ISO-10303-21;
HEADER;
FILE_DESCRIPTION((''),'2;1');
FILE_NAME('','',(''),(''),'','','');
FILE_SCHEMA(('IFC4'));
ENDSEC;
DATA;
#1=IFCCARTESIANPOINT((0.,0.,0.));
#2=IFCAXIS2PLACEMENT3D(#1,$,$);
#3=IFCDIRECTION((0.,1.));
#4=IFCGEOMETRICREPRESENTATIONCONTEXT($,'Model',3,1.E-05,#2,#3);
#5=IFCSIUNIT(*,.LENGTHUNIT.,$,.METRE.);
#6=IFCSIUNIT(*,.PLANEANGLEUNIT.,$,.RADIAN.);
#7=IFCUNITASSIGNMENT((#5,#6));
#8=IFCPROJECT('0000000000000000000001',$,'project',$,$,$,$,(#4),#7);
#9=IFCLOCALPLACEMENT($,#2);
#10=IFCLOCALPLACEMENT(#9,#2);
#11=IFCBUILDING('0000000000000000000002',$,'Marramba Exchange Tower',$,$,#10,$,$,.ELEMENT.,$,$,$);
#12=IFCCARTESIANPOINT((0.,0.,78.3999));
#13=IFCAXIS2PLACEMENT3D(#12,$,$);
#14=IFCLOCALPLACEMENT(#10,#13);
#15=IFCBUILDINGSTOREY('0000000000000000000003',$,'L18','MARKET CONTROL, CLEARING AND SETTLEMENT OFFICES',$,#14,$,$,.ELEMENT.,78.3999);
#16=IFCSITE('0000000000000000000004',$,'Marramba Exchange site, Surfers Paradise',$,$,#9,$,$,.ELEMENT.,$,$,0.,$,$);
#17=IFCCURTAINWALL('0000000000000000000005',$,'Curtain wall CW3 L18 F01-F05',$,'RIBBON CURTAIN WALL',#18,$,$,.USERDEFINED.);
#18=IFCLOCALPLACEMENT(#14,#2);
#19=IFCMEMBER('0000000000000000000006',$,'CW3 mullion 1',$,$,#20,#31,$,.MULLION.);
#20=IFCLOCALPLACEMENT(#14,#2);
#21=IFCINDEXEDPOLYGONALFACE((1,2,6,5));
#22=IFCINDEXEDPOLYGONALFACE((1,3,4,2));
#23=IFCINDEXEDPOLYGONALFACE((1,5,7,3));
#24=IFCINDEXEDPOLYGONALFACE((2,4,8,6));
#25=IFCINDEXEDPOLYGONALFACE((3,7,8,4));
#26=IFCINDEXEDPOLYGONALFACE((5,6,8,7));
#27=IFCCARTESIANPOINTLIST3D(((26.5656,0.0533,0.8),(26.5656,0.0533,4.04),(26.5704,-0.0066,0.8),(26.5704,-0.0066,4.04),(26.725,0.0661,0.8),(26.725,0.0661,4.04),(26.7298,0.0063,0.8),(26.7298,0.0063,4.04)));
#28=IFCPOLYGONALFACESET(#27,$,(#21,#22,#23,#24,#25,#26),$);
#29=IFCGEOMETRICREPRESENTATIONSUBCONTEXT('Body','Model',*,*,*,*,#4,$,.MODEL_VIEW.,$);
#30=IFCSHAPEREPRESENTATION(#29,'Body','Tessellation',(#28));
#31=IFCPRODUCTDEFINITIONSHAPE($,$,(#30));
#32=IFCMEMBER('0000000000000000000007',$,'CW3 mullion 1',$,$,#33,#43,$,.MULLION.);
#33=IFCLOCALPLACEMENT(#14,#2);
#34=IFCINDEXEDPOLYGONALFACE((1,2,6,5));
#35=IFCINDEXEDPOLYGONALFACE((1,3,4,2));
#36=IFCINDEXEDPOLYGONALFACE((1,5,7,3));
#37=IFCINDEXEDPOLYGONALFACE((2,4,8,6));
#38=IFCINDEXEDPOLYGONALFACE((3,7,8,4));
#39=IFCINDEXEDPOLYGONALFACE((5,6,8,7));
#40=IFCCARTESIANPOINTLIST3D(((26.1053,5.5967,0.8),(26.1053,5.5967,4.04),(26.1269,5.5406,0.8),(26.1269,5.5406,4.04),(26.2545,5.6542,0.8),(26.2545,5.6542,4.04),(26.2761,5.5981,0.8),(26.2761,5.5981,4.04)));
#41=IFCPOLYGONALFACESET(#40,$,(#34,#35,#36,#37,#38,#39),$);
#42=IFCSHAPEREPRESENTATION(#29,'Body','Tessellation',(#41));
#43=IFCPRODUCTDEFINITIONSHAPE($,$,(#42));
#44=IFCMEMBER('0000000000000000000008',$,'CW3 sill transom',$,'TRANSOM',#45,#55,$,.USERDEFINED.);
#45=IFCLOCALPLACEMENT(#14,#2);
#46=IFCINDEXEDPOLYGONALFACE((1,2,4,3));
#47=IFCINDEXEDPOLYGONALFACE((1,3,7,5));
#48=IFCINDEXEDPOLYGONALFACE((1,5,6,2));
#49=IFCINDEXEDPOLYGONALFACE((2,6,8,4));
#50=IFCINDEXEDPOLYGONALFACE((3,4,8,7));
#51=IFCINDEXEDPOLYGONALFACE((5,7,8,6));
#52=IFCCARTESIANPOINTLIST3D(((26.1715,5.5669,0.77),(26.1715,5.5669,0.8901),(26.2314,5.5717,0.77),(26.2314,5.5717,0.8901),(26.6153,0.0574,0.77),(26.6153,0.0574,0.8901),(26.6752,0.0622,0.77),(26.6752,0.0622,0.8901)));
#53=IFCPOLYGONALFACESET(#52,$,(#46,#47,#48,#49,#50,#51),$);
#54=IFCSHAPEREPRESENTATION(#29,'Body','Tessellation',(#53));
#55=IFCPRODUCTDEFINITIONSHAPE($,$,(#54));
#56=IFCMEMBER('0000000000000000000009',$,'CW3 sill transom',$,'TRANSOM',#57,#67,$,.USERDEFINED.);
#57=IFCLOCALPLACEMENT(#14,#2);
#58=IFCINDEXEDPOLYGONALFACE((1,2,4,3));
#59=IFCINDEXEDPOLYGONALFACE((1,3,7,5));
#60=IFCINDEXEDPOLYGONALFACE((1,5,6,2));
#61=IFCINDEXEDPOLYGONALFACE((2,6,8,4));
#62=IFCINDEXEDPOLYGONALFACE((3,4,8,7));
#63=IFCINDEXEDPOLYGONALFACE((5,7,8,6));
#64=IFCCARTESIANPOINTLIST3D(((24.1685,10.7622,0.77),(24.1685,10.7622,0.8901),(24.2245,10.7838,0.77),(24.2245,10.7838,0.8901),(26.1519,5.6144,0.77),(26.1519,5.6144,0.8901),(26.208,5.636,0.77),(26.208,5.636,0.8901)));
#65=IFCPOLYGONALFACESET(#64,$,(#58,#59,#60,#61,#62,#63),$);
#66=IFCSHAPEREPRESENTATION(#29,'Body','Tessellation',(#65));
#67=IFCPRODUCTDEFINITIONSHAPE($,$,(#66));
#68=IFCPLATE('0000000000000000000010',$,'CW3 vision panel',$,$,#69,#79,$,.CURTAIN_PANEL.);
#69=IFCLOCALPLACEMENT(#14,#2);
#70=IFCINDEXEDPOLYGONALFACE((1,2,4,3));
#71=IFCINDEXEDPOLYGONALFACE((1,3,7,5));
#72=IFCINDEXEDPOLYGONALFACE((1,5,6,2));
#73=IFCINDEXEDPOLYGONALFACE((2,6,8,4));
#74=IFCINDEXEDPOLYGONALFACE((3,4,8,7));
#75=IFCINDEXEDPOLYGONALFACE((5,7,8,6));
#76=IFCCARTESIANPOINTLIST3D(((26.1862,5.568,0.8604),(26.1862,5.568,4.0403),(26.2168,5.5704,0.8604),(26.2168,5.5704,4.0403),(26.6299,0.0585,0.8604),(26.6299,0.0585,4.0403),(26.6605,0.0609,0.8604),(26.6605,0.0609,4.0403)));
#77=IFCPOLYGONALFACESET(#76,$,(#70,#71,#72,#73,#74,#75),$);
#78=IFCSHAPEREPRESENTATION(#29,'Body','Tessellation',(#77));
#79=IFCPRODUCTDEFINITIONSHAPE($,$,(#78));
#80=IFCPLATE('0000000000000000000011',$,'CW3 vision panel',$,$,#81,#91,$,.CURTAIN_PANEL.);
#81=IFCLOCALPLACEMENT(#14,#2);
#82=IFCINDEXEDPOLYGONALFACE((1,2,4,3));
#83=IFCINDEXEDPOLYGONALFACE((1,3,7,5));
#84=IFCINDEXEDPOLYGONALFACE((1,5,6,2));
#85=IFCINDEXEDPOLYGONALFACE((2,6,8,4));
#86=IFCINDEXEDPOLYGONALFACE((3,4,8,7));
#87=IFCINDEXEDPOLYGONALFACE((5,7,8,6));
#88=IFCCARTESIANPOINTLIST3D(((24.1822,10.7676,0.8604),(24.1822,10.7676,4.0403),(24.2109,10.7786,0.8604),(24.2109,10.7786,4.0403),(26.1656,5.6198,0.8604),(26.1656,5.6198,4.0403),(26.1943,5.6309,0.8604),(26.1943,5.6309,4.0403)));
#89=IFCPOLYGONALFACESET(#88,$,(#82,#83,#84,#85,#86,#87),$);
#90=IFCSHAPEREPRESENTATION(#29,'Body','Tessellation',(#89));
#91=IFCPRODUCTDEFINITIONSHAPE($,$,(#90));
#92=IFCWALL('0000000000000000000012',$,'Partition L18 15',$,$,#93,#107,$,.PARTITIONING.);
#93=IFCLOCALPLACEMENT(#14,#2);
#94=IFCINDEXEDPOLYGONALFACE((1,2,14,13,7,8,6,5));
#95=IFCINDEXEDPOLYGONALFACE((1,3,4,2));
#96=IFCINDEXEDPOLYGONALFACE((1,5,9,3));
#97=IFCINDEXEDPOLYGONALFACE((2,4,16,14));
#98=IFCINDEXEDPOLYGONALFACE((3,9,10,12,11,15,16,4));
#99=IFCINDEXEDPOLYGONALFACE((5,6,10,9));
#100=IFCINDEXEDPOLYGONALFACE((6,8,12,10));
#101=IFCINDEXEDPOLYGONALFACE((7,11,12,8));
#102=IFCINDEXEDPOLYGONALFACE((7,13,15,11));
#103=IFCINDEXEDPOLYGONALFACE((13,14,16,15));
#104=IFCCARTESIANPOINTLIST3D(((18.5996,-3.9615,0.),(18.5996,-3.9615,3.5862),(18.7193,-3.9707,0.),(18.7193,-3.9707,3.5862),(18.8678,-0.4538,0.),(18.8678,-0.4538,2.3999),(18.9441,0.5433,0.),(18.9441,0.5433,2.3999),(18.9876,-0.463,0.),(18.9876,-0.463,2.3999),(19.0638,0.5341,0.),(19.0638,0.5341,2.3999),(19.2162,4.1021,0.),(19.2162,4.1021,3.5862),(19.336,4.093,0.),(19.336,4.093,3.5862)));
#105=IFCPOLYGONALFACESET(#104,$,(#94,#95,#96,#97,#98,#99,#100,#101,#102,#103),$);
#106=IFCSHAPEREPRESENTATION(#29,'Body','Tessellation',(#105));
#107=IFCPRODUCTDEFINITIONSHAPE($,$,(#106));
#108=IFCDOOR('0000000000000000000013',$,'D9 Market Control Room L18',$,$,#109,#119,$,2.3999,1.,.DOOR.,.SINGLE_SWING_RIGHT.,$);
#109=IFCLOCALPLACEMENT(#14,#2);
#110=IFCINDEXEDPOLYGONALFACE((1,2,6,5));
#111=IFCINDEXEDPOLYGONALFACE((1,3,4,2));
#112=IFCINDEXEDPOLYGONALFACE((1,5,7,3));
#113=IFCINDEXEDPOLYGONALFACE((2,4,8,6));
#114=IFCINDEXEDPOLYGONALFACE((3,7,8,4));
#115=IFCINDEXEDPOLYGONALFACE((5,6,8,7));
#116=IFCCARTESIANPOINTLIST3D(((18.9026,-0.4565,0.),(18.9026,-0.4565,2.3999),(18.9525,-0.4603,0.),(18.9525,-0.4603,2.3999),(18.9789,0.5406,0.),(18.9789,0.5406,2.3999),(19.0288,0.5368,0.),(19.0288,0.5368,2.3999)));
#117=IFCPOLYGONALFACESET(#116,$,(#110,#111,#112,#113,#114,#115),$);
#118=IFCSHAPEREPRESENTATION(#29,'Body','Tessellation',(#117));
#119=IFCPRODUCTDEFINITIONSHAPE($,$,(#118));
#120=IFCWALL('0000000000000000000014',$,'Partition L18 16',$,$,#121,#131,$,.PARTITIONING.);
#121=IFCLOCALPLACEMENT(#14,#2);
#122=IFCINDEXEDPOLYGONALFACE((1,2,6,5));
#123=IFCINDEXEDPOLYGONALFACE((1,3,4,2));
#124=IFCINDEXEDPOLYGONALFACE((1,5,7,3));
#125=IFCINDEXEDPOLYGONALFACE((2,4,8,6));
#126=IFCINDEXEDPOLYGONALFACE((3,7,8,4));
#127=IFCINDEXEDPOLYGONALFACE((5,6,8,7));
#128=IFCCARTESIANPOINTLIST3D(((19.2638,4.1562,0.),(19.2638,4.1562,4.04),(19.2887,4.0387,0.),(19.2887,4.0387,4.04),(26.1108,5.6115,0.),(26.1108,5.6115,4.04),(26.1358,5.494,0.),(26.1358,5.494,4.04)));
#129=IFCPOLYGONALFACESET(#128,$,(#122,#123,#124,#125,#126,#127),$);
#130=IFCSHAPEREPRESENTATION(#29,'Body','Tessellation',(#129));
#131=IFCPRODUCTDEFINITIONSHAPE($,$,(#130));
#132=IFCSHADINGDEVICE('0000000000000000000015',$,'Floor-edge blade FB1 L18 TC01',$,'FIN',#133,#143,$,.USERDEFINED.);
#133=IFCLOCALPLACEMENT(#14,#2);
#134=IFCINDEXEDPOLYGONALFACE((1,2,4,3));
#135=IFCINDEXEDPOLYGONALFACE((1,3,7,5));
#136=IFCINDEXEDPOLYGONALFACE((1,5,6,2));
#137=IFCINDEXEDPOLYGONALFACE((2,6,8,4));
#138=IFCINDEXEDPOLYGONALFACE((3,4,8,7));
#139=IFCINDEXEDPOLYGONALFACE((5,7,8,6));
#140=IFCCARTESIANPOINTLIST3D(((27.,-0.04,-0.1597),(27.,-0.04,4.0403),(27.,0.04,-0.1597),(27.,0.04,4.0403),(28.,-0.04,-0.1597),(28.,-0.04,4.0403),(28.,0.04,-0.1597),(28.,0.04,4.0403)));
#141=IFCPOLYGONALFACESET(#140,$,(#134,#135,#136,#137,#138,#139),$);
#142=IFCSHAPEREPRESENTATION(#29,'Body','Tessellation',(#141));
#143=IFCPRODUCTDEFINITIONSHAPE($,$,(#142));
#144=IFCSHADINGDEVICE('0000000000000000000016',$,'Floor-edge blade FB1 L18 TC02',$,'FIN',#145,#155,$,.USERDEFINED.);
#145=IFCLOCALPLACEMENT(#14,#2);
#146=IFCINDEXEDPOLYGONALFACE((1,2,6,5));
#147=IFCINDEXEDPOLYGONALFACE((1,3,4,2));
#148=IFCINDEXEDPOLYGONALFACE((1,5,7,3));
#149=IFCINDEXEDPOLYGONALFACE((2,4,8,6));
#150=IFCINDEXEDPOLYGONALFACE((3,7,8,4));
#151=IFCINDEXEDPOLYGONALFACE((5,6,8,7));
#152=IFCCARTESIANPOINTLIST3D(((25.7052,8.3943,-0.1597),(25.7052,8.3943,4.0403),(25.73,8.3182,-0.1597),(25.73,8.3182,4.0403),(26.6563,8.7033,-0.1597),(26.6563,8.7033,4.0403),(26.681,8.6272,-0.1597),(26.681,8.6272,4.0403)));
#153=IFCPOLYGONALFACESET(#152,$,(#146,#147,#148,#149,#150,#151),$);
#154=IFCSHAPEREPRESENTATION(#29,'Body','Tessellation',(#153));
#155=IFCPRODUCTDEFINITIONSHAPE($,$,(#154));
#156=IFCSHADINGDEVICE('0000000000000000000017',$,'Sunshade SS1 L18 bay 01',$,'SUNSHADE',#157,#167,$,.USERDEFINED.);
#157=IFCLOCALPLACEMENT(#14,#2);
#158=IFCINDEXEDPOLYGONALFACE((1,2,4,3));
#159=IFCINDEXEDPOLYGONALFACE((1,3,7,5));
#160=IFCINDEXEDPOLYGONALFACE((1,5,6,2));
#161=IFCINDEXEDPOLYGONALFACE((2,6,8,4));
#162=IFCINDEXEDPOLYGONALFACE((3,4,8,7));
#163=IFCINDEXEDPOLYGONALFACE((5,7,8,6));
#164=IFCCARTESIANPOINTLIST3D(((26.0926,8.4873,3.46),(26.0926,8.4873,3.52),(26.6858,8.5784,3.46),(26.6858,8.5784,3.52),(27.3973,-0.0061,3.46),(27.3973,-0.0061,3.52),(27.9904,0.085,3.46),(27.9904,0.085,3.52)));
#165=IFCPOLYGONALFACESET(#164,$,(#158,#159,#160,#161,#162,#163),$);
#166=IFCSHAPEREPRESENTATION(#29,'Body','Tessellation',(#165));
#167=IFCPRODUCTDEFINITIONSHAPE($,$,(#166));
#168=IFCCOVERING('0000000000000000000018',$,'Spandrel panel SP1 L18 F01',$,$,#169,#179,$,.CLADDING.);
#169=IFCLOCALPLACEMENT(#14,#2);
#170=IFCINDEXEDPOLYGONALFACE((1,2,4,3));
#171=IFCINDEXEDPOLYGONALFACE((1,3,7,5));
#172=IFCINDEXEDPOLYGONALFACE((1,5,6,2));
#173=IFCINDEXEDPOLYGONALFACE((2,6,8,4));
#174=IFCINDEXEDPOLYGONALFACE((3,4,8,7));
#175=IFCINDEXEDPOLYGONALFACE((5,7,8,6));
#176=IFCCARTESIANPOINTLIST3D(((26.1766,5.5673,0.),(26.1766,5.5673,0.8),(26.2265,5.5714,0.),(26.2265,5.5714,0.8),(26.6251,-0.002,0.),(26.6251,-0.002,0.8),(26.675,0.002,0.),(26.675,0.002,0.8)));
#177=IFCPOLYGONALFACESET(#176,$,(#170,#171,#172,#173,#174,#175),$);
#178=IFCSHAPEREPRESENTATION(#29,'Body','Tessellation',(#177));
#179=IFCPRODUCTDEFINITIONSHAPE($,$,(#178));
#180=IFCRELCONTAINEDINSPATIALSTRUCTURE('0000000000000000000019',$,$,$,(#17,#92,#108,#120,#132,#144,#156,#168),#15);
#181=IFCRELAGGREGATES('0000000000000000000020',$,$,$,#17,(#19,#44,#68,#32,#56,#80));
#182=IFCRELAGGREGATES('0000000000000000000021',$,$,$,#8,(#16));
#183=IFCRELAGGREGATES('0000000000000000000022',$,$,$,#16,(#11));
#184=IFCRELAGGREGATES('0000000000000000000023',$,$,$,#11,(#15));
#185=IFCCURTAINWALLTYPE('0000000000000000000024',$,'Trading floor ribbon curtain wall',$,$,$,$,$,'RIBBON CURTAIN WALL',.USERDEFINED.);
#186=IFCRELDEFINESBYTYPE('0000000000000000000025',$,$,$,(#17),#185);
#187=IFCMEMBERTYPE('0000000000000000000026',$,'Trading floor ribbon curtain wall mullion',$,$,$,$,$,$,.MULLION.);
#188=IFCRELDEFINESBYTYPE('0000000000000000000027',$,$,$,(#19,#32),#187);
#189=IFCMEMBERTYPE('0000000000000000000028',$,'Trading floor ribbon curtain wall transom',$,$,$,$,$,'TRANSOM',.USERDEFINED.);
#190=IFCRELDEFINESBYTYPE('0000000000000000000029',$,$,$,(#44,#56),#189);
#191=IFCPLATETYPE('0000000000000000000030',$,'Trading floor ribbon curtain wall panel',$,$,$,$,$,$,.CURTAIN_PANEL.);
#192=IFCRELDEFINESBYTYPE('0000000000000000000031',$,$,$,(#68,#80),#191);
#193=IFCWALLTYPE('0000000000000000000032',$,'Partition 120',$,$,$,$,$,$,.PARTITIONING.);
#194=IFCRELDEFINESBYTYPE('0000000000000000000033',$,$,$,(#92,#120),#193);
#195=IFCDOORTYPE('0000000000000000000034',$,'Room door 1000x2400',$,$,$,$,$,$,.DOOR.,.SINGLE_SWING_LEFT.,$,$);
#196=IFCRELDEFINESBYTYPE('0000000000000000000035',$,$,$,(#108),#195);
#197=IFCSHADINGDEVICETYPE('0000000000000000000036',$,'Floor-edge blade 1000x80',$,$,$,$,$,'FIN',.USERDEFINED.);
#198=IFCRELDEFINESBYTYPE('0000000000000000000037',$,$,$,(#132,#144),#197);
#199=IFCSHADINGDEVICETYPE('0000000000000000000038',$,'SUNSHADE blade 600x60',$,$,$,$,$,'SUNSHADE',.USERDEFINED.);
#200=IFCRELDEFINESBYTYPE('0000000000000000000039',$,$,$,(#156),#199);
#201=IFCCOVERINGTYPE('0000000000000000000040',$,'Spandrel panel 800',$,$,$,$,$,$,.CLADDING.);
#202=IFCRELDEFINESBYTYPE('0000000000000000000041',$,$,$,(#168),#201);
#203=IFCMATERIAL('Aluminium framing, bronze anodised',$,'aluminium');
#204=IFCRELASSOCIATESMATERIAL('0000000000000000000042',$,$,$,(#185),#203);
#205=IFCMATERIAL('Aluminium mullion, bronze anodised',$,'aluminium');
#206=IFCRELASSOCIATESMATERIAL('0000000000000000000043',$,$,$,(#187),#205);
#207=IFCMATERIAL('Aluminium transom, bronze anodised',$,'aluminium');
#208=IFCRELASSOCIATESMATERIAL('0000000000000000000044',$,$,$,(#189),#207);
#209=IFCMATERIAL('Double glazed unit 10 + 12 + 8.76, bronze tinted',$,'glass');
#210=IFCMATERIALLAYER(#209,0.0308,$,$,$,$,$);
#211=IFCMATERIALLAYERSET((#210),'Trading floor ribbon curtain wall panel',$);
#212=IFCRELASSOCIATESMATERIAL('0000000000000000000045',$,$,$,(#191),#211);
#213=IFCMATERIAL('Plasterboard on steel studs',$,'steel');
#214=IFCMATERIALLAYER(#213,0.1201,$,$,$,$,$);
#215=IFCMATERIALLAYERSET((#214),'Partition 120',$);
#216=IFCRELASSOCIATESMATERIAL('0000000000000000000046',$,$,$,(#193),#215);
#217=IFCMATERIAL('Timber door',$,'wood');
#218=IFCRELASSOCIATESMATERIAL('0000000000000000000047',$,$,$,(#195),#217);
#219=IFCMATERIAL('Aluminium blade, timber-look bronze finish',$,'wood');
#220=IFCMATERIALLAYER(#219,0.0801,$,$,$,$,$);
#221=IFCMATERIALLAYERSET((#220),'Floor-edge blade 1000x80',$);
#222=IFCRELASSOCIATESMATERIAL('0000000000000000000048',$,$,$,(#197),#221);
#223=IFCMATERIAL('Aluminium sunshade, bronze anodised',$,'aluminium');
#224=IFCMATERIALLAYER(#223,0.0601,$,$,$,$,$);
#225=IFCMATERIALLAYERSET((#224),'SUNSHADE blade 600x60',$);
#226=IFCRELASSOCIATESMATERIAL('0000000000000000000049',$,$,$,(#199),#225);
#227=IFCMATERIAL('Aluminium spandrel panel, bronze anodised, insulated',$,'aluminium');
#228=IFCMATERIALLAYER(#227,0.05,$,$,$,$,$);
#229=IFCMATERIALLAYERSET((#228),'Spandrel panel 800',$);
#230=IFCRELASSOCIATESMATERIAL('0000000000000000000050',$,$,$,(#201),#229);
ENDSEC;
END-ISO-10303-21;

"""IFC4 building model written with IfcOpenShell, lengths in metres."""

from ifc_helpers import new_model, si_unit, direction, frame, frame_2d, origin, origin_2d, place, context, subcontext, project, spatial, rectangle, extrude, material, layer, layer_set, material_profile, profile_set, type_object, element, fill, aggregate, save


model = new_model("IFC4")

# Units and contexts
model_context = context("Model", 3, precision=1e-05, world=origin(), true_north=direction((0.0, 1.0)))
body_context = subcontext(model_context, "Body", "Model", "MODEL_VIEW")
ifc_project = project(units=[si_unit("LENGTHUNIT", "METRE"), si_unit("PLANEANGLEUNIT", "RADIAN")], contexts=[model_context])

# Site, building, storey
site_placement = place(None, origin())
site = spatial("IfcSite", under=ifc_project, at=site_placement, Name="Marramba Exchange site, Surfers Paradise", CompositionType="ELEMENT", RefElevation=0.0)
building_placement = place(site_placement, origin())
building = spatial("IfcBuilding", under=site, at=building_placement, Name="Marramba Exchange Tower", CompositionType="ELEMENT")
storey_placement = place(building_placement, frame((0.0, 0.0, 78.3999)))
storey = spatial("IfcBuildingStorey", under=building, at=storey_placement, Name="L18", Description="MARKET CONTROL, CLEARING AND SETTLEMENT OFFICES", CompositionType="ELEMENT", Elevation=78.3999)

# Curtain wall, members, plates
ifc_material_1 = material(Name="Aluminium framing, bronze anodised", Category="aluminium")
curtain_wall_type = type_object("IfcCurtainWallType", Name="Trading floor ribbon curtain wall", ElementType="RIBBON CURTAIN WALL", PredefinedType="USERDEFINED", material=ifc_material_1)
curtain_wall_placement = place(storey_placement, origin())
curtain_wall = element("IfcCurtainWall", 1, at=curtain_wall_placement, inside=storey, type_object=curtain_wall_type, Name="Curtain wall CW3 L18 F01-F05", ObjectType="RIBBON CURTAIN WALL", PredefinedType="USERDEFINED")
ifc_material_2 = material(Name="Aluminium mullion, bronze anodised", Category="aluminium")
ifc_material_profile_1 = material_profile(ifc_material_2, rectangle(XDim=0.1599, YDim=0.0601, at=origin_2d()), Name="CW3 mullion 60x160")
ifc_profile_set_1 = profile_set([ifc_material_profile_1], Name="Aluminium mullion, bronze anodised")
member_type_1 = type_object("IfcMemberType", Name="Trading floor ribbon curtain wall mullion", PredefinedType="MULLION", material=ifc_profile_set_1)
member_1_placement = place(storey_placement, frame((26.6477, 0.0298, 0.8), z_axis=(0.0, 0.0, 1.0), x_axis=(-0.996773, -0.080275, 0.0)))
member_1 = element("IfcMember", 2, at=member_1_placement, type_object=member_type_1, Name="CW3 mullion 1", PredefinedType="MULLION", context=body_context, shape_type="SweptSolid", body=[
    extrude(rectangle(XDim=0.1599, YDim=0.0601, at=origin_2d()), origin(), (0.0, 0.0, 1.0), 3.24),
])
member_2_placement = place(storey_placement, frame((26.1907, 5.5974, 0.8), z_axis=(0.0, 0.0, 1.0), x_axis=(-0.933135, -0.359526, 0.0)))
member_2 = element("IfcMember", 3, at=member_2_placement, type_object=member_type_1, Name="CW3 mullion 1", PredefinedType="MULLION", context=body_context, shape_type="SweptSolid", body=[
    extrude(rectangle(XDim=0.1599, YDim=0.0601, at=origin_2d()), origin(), (0.0, 0.0, 1.0), 3.24),
])
ifc_material_3 = material(Name="Aluminium transom, bronze anodised", Category="aluminium")
ifc_material_profile_2 = material_profile(ifc_material_3, rectangle(XDim=0.0601, YDim=0.1201, at=origin_2d()), Name="CW3 transom 60x120")
ifc_profile_set_2 = profile_set([ifc_material_profile_2], Name="Aluminium transom, bronze anodised")
member_type_2 = type_object("IfcMemberType", Name="Trading floor ribbon curtain wall transom", ElementType="TRANSOM", PredefinedType="USERDEFINED", material=ifc_profile_set_2)
member_3_placement = place(storey_placement, frame((26.6453, 0.0598, 0.8301), z_axis=(-0.0803, 0.996771, 0.0), x_axis=(-0.996771, -0.0803, 0.0)))
member_3 = element("IfcMember", 4, at=member_3_placement, type_object=member_type_2, Name="CW3 sill transom", ObjectType="TRANSOM", PredefinedType="USERDEFINED", context=body_context, shape_type="SweptSolid", body=[
    extrude(rectangle(XDim=0.0601, YDim=0.1201, at=origin_2d()), origin(), (0.0, 0.0, 1.0), 5.5273),
])
member_4_placement = place(storey_placement, frame((26.1799, 5.6252, 0.8301), z_axis=(-0.359534, 0.933132, 0.0), x_axis=(-0.933132, -0.359534, 0.0)))
member_4 = element("IfcMember", 5, at=member_4_placement, type_object=member_type_2, Name="CW3 sill transom", ObjectType="TRANSOM", PredefinedType="USERDEFINED", context=body_context, shape_type="SweptSolid", body=[
    extrude(rectangle(XDim=0.0601, YDim=0.1201, at=origin_2d()), origin(), (0.0, 0.0, 1.0), 5.5166),
])
ifc_material_4 = material(Name="Double glazed unit 10 + 12 + 8.76, bronze tinted", Category="glass")
ifc_layer_1 = layer(ifc_material_4, 0.0308)
ifc_layer_set_1 = layer_set([ifc_layer_1], Name="Trading floor ribbon curtain wall panel")
plate_type = type_object("IfcPlateType", Name="Trading floor ribbon curtain wall panel", PredefinedType="CURTAIN_PANEL", material=ifc_layer_set_1)
plate_1_placement = place(storey_placement, frame((26.4233, 2.8145, 0.8604), z_axis=(0.0, 0.0, 1.0), x_axis=(-0.080275, 0.996773, 0.0)))
plate_1 = element("IfcPlate", 6, at=plate_1_placement, type_object=plate_type, Name="CW3 vision panel", PredefinedType="CURTAIN_PANEL", context=body_context, shape_type="SweptSolid", body=[
    extrude(rectangle(XDim=5.5273, YDim=0.0308, at=origin_2d()), origin(), (0.0, 0.0, 1.0), 3.1799),
])
plate_2_placement = place(storey_placement, frame((25.1882, 8.1992, 0.8604), z_axis=(0.0, 0.0, 1.0), x_axis=(-0.359526, 0.933135, 0.0)))
plate_2 = element("IfcPlate", 7, at=plate_2_placement, type_object=plate_type, Name="CW3 vision panel", PredefinedType="CURTAIN_PANEL", context=body_context, shape_type="SweptSolid", body=[
    extrude(rectangle(XDim=5.5166, YDim=0.0308, at=origin_2d()), origin(), (0.0, 0.0, 1.0), 3.1799),
])
aggregate(curtain_wall, [member_1, member_3, plate_1, member_2, member_4, plate_2])

# Wall, opening, door
ifc_material_5 = material(Name="Plasterboard on steel studs", Category="steel")
ifc_layer_2 = layer(ifc_material_5, 0.1201)
ifc_layer_set_2 = layer_set([ifc_layer_2], Name="Partition 120")
wall_type = type_object("IfcWallType", Name="Partition 120", PredefinedType="PARTITIONING", material=ifc_layer_set_2)
wall_1_placement = place(storey_placement, frame((19.2761, 4.0974, 0.0), z_axis=(0.0, 0.0, 1.0), x_axis=(-0.076256, -0.997088, 0.0)))
wall_1 = element("IfcWall", 8, at=wall_1_placement, inside=storey, type_object=wall_type, Name="Partition L18 15", PredefinedType="PARTITIONING", context=body_context, shape_type="SweptSolid", body=[
    extrude(rectangle(XDim=8.0872, YDim=0.1201, at=frame_2d((4.0435, 0.0))), origin(), (0.0, 0.0, 1.0), 3.5862),
])
opening_placement = place(wall_1_placement, frame((3.5691, 0.0, 0.0)))
opening = element("IfcOpeningElement", 9, at=opening_placement, cuts=wall_1, PredefinedType="OPENING", context=body_context, shape_type="SweptSolid", body=[
    extrude(rectangle(XDim=1.0, YDim=2.3999, at=frame_2d((0.5, 1.2))), frame((0.0, 0.0701, 0.0), z_axis=(0.0, -1.0, 0.0), x_axis=(1.0, 0.0, 0.0)), (0.0, 0.0, 1.0), 0.1401),
])
ifc_material_6 = material(Name="Timber door", Category="wood")
door_type = type_object("IfcDoorType", Name="Room door 1000x2400", OperationType="SINGLE_SWING_LEFT", PredefinedType="DOOR", material=ifc_material_6)
door_placement = place(opening_placement, origin())
door = element("IfcDoor", 10, at=door_placement, inside=storey, type_object=door_type, Name="D9 Market Control Room L18", OperationType="SINGLE_SWING_RIGHT", OverallHeight=2.3999, OverallWidth=1.0, PredefinedType="DOOR", context=body_context, shape_type="SweptSolid", body=[
    extrude(rectangle(XDim=1.0, YDim=2.3999, at=frame_2d((0.5, 1.2))), frame((0.0, 0.0249, 0.0), z_axis=(0.0, -1.0, 0.0), x_axis=(1.0, 0.0, 0.0)), (0.0, 0.0, 1.0), 0.05),
])
fill(opening, door)

# Wall
wall_2_placement = place(storey_placement, frame((26.1233, 5.5527, 0.0), z_axis=(0.0, 0.0, 1.0), x_axis=(-0.97815, -0.2079, 0.0)))
element("IfcWall", 11, at=wall_2_placement, inside=storey, type_object=wall_type, Name="Partition L18 16", PredefinedType="PARTITIONING", context=body_context, shape_type="SweptSolid", body=[
    extrude(rectangle(XDim=7.0, YDim=0.1201, at=frame_2d((3.5, 0.0))), origin(), (0.0, 0.0, 1.0), 4.04),
])

# Shading devices
ifc_material_7 = material(Name="Aluminium blade, timber-look bronze finish", Category="wood")
ifc_layer_3 = layer(ifc_material_7, 0.0801)
ifc_layer_set_3 = layer_set([ifc_layer_3], Name="Floor-edge blade 1000x80")
shading_device_type_1 = type_object("IfcShadingDeviceType", Name="Floor-edge blade 1000x80", ElementType="FIN", PredefinedType="USERDEFINED", material=ifc_layer_set_3)
for number, where, z_axis, x_axis, name in (
    (12, (27.5, 0.0, -0.1597), (0.0, 0.0, 1.0), (1.0, 0.0, 0.0), "Floor-edge blade FB1 L18 TC01"),
    (13, (26.1931, 8.5107, -0.1597), (0.0, 0.0, 1.0), (0.951057, 0.309017, 0.0), "Floor-edge blade FB1 L18 TC02"),
):
    element("IfcShadingDevice", number, at=place(storey_placement, frame(where, z_axis=z_axis, x_axis=x_axis)), inside=storey, type_object=shading_device_type_1, Name=name, ObjectType="FIN", PredefinedType="USERDEFINED", context=body_context, shape_type="SweptSolid", body=[
        extrude(rectangle(XDim=1.0, YDim=0.0801, at=origin_2d()), origin(), (0.0, 0.0, 1.0), 4.2),
    ])
ifc_material_8 = material(Name="Aluminium sunshade, bronze anodised", Category="aluminium")
ifc_layer_4 = layer(ifc_material_8, 0.0601)
ifc_layer_set_4 = layer_set([ifc_layer_4], Name="SUNSHADE blade 600x60")
shading_device_type_2 = type_object("IfcShadingDeviceType", Name="SUNSHADE blade 600x60", ElementType="SUNSHADE", PredefinedType="USERDEFINED", material=ifc_layer_set_4)
shading_device_placement = place(storey_placement, frame((27.0415, 4.2861, 3.46), z_axis=(0.0, 0.0, 1.0), x_axis=(-0.151825, 0.988407, 0.0)))
element("IfcShadingDevice", 14, at=shading_device_placement, inside=storey, type_object=shading_device_type_2, Name="Sunshade SS1 L18 bay 01", ObjectType="SUNSHADE", PredefinedType="USERDEFINED", context=body_context, shape_type="SweptSolid", body=[
    extrude(rectangle(XDim=8.593, YDim=0.6001, at=origin_2d()), origin(), (0.0, 0.0, 1.0), 0.0601),
])

# Covering
ifc_material_9 = material(Name="Aluminium spandrel panel, bronze anodised, insulated", Category="aluminium")
ifc_layer_5 = layer(ifc_material_9, 0.05)
ifc_layer_set_5 = layer_set([ifc_layer_5], Name="Spandrel panel 800")
covering_type = type_object("IfcCoveringType", Name="Spandrel panel 800", PredefinedType="CLADDING", material=ifc_layer_set_5)
covering_1_placement = place(storey_placement, frame((26.4258, 2.7847, 0.0), z_axis=(0.0, 0.0, 1.0), x_axis=(-0.080275, 0.996773, 0.0)))
element("IfcCovering", 15, at=covering_1_placement, inside=storey, type_object=covering_type, Name="Spandrel panel SP1 L18 F01", PredefinedType="CLADDING", context=body_context, shape_type="SweptSolid", body=[
    extrude(rectangle(XDim=5.5874, YDim=0.05, at=origin_2d()), origin(), (0.0, 0.0, 1.0), 0.8),
])

save(model, "model.ifc")
